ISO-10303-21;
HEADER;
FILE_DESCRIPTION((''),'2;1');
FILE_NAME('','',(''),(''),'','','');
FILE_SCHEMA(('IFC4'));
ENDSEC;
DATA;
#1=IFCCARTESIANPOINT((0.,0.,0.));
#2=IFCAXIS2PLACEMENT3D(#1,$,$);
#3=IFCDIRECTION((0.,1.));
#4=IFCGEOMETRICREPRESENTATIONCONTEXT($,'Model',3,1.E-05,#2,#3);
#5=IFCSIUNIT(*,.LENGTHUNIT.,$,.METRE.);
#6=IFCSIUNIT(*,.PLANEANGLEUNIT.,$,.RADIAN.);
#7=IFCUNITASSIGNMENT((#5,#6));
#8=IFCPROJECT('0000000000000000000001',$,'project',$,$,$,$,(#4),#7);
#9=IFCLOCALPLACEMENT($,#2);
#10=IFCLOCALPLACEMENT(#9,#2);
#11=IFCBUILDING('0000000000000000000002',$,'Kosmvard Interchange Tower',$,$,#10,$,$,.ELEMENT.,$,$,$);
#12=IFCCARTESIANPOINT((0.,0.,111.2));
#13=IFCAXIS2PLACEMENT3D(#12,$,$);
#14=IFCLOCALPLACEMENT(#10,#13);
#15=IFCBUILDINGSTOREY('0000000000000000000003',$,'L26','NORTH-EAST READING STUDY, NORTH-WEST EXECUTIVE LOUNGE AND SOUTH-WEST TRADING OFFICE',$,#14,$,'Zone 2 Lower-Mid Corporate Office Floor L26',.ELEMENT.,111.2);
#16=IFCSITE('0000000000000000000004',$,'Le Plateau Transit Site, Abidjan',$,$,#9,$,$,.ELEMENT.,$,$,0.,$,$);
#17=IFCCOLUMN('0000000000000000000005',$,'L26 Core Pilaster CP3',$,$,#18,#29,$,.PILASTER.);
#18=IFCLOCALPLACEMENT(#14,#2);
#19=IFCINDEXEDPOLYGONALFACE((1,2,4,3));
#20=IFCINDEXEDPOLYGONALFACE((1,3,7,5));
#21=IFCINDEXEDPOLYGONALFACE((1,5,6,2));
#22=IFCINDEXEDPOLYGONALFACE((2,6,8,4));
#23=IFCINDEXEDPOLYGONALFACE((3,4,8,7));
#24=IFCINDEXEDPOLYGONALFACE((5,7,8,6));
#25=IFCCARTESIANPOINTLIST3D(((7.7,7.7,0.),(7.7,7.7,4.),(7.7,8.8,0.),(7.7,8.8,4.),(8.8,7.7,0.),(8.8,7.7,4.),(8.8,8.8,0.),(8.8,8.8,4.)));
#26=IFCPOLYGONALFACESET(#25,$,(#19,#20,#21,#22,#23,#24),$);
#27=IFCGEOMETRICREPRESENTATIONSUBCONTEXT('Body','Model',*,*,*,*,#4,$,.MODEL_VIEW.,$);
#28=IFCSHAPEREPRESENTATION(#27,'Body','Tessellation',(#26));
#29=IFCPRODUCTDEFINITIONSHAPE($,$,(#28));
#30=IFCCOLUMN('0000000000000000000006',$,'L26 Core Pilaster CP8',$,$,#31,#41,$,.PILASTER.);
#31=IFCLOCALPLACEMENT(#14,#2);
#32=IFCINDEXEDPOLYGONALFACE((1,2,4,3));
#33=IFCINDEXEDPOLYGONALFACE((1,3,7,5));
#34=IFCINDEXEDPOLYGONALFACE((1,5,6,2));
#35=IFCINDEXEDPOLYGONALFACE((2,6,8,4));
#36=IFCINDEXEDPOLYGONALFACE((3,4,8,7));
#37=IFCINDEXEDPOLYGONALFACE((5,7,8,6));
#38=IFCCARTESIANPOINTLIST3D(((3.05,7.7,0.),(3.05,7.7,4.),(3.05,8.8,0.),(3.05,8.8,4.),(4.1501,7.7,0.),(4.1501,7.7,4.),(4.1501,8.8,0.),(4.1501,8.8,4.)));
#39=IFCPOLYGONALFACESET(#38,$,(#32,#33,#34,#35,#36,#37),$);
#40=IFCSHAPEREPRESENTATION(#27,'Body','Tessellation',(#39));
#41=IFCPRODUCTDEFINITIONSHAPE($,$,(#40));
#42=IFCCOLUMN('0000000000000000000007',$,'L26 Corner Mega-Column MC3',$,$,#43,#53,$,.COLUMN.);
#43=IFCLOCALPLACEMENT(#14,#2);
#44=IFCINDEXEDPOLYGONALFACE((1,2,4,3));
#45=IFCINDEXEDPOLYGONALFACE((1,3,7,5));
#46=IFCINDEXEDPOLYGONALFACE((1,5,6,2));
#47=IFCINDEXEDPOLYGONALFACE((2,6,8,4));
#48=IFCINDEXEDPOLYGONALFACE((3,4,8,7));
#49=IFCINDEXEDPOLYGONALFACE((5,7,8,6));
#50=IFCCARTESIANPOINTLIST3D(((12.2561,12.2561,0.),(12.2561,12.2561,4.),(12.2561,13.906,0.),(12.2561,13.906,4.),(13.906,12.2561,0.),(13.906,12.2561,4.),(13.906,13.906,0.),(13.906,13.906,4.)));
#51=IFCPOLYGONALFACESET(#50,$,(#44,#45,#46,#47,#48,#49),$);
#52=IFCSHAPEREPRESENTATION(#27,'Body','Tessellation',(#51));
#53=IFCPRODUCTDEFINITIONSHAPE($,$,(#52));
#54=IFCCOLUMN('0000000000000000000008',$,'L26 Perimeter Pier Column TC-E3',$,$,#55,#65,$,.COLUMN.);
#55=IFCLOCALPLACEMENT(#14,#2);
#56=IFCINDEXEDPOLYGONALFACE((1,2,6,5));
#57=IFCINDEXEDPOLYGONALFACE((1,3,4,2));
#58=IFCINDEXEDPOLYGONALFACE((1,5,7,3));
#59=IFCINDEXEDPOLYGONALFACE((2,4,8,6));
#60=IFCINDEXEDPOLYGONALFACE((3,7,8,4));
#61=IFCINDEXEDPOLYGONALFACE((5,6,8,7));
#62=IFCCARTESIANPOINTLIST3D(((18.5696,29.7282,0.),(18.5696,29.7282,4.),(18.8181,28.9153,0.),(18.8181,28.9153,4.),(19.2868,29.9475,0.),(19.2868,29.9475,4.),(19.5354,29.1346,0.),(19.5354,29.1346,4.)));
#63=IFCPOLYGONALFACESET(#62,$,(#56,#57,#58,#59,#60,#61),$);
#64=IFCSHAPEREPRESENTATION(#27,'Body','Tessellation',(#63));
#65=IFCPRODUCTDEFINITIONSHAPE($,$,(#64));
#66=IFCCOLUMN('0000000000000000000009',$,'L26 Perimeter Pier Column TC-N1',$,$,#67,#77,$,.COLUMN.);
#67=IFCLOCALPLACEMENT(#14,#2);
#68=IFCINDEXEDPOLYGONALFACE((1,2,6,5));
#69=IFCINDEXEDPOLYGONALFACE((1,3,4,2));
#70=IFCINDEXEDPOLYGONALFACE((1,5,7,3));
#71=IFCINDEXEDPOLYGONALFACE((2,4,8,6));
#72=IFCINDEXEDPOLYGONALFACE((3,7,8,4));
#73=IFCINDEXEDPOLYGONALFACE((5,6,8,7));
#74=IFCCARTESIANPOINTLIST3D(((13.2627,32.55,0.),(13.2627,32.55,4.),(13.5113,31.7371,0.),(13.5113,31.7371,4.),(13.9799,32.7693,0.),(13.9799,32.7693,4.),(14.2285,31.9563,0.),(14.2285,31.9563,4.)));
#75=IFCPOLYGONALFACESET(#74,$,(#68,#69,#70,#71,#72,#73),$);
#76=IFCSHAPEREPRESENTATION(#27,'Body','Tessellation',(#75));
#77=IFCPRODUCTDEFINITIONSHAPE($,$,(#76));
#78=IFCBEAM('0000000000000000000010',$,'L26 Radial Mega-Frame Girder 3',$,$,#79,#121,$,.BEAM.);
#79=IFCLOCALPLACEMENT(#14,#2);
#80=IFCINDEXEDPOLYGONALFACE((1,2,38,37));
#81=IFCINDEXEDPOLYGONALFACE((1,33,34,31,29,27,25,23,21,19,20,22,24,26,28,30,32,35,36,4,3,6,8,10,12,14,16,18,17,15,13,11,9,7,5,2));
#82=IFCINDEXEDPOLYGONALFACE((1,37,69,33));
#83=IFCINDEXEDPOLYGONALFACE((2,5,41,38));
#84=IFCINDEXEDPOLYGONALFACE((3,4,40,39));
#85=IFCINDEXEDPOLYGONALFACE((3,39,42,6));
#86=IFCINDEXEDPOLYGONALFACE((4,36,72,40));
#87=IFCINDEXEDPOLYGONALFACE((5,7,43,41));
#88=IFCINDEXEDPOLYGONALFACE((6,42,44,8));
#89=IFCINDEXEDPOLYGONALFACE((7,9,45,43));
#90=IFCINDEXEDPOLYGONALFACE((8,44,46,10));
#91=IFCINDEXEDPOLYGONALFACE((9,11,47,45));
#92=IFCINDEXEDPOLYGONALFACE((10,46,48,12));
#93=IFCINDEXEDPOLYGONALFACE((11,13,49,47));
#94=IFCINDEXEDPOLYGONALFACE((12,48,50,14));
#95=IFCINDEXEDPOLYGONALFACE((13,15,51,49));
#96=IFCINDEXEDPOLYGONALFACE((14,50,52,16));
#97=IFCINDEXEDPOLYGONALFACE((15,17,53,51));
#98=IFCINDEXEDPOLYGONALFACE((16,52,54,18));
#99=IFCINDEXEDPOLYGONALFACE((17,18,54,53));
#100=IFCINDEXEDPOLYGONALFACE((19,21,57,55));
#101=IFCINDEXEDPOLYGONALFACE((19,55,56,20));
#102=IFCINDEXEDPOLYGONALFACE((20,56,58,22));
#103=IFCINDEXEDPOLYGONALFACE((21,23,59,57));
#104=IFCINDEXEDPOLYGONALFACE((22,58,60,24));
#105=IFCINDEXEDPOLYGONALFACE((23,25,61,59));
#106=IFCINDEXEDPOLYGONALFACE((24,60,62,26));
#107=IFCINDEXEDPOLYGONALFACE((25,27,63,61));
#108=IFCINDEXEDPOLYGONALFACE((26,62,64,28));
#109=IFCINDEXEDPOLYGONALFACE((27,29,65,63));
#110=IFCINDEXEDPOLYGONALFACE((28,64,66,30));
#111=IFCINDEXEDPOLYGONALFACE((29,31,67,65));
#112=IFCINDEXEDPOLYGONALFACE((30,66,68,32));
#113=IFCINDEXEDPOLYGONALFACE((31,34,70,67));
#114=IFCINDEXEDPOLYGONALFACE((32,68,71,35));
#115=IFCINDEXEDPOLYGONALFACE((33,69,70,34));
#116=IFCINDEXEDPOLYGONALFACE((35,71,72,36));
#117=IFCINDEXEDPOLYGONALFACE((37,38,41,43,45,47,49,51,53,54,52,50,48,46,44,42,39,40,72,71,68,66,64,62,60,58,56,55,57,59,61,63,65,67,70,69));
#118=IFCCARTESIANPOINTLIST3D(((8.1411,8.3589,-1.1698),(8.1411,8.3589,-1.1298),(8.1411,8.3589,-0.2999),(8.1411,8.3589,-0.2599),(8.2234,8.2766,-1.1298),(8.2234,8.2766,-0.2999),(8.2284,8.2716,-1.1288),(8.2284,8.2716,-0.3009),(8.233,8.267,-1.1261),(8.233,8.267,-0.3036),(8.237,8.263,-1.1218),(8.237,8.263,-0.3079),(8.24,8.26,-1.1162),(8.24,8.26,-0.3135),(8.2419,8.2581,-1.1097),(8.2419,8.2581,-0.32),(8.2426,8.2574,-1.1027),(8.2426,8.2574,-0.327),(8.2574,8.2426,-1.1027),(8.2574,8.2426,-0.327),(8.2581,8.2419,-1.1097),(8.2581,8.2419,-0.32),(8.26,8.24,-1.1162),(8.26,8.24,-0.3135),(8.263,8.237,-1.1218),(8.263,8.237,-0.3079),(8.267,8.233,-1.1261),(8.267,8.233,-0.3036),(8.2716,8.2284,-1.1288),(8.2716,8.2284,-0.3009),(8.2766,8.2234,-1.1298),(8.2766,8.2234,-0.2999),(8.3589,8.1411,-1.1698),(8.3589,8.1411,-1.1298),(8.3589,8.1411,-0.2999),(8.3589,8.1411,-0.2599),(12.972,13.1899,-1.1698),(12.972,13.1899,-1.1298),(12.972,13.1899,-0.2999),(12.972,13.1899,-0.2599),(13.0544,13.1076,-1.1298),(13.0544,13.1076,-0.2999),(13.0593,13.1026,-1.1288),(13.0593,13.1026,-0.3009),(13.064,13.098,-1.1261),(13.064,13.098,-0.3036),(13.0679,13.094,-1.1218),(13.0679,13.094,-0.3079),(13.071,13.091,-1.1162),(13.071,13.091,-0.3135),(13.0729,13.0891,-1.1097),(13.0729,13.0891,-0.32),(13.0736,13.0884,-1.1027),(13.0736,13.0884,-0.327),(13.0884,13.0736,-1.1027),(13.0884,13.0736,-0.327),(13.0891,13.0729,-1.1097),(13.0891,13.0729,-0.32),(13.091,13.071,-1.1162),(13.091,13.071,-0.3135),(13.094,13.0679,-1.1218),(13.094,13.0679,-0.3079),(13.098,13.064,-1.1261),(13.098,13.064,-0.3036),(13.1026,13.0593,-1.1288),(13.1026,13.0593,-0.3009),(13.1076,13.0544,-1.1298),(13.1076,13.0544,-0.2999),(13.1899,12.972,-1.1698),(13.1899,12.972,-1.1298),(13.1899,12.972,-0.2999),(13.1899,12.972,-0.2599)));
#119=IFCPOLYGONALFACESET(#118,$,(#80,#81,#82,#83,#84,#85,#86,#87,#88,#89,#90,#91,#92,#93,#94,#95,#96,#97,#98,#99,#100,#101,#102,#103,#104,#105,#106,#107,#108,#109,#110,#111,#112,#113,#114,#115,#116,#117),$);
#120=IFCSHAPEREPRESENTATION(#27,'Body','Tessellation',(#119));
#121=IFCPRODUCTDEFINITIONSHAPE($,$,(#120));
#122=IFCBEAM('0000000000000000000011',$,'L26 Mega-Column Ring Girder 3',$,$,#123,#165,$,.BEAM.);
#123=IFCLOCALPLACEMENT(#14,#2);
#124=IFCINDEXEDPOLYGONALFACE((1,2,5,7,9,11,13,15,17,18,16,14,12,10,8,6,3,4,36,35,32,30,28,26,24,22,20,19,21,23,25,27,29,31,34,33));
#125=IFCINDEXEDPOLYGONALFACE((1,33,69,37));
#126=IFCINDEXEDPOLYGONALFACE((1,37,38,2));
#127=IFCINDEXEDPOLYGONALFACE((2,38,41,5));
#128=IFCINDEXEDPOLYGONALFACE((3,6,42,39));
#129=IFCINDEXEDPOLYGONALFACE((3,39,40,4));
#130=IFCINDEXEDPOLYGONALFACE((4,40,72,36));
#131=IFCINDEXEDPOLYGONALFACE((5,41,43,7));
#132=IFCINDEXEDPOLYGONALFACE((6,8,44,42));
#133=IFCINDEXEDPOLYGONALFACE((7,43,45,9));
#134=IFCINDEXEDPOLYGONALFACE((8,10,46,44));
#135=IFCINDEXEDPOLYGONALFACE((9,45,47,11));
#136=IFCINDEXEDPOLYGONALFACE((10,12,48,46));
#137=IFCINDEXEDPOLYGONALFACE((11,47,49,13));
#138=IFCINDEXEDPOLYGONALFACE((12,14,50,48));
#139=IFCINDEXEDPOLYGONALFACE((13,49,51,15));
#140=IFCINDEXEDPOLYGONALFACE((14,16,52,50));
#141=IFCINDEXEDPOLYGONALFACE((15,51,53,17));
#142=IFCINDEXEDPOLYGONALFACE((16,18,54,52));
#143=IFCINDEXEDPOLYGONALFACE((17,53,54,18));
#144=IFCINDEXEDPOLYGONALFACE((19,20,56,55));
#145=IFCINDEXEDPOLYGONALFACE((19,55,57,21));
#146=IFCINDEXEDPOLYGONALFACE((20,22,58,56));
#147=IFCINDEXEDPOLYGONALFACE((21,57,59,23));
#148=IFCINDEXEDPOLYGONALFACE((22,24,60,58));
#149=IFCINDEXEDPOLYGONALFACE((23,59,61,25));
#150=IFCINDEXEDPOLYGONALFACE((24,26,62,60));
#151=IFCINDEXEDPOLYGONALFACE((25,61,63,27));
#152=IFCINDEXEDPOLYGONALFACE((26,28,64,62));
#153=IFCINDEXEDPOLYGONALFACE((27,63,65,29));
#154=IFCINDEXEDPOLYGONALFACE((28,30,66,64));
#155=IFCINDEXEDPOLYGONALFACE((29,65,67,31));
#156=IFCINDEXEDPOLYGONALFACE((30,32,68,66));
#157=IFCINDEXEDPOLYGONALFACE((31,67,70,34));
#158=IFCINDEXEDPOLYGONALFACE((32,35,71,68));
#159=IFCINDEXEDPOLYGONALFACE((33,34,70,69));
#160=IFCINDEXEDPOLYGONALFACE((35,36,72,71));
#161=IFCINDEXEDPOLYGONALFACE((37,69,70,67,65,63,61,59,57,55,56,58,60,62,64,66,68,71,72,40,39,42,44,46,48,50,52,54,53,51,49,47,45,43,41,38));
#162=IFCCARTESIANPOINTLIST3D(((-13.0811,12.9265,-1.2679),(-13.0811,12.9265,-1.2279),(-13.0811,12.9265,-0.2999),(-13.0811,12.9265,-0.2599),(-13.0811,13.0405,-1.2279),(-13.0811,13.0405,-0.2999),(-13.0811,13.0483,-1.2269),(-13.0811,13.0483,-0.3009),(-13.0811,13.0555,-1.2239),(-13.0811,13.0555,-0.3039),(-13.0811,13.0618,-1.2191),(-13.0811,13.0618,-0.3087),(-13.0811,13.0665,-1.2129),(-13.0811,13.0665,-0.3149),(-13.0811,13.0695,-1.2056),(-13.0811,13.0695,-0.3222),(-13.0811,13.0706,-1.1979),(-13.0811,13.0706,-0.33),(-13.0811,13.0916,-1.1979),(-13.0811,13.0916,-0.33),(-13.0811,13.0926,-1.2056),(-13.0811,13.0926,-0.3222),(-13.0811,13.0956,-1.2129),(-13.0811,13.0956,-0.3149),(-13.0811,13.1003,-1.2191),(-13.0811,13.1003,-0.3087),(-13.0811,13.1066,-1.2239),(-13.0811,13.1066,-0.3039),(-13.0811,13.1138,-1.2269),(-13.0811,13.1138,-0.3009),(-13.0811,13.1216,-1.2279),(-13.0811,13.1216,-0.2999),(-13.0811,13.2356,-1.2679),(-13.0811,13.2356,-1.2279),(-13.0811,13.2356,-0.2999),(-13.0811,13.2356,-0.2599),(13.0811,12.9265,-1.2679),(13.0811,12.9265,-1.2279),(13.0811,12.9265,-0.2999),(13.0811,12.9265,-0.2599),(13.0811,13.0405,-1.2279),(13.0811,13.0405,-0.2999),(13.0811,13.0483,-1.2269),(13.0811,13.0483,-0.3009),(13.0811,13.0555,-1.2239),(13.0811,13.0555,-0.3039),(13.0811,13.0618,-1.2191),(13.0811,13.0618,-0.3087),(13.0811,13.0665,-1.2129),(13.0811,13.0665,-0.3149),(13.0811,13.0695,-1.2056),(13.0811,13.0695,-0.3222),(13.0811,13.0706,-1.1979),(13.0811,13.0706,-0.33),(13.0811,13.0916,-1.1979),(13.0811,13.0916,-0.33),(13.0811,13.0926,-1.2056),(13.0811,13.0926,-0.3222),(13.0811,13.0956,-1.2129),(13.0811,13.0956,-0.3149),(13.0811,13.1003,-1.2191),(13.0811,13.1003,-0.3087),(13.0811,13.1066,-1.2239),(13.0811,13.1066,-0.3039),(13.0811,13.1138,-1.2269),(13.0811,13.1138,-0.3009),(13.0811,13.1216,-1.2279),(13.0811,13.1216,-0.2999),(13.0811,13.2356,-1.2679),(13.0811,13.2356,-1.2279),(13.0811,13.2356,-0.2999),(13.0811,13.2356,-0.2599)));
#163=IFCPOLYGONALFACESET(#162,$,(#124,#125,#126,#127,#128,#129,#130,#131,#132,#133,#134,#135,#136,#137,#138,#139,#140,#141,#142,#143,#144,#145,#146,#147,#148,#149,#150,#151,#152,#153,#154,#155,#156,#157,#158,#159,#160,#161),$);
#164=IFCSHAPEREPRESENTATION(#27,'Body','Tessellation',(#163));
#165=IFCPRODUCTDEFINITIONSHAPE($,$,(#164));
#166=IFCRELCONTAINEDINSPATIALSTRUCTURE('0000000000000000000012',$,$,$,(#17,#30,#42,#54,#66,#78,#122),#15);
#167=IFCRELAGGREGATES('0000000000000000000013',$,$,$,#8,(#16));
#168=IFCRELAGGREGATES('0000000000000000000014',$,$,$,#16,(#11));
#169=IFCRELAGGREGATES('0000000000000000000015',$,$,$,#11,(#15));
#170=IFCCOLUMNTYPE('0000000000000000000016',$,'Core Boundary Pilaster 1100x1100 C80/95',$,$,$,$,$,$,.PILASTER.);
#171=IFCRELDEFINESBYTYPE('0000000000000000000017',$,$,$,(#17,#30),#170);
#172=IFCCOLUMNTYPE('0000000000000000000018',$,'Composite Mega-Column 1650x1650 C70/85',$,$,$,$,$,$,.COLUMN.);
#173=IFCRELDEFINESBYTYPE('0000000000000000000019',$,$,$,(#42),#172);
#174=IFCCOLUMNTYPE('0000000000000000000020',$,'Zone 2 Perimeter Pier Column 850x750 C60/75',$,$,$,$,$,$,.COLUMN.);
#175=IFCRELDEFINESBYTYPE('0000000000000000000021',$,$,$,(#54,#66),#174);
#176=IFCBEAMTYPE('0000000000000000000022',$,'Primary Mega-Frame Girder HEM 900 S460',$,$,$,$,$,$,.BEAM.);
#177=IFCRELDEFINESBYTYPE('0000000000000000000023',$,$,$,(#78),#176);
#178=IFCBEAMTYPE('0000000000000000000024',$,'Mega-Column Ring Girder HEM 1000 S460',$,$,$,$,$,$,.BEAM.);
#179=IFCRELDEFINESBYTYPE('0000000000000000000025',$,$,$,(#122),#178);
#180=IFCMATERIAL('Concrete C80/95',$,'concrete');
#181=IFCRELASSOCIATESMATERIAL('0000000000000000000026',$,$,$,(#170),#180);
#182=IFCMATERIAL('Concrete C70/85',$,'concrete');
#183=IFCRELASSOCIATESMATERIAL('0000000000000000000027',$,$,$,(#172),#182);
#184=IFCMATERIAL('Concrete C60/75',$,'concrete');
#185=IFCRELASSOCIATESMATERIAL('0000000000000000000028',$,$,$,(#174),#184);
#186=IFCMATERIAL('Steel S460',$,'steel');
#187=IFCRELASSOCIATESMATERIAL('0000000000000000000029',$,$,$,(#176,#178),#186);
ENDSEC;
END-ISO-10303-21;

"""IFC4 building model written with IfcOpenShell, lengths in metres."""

from ifc_helpers import new_model, si_unit, direction, frame, origin, origin_2d, place, context, subcontext, project, spatial, rectangle, i_section, extrude, source, transform, mapped, material, material_profile, profile_set, type_object, element, save


model = new_model("IFC4")

# Units and contexts
model_context = context("Model", 3, precision=1e-05, world=origin(), true_north=direction((0.0, 1.0)))
body_context = subcontext(model_context, "Body", "Model", "MODEL_VIEW")
ifc_project = project(units=[si_unit("LENGTHUNIT", "METRE"), si_unit("PLANEANGLEUNIT", "RADIAN")], contexts=[model_context])

# Site, building, storey
site_placement = place(None, origin())
site = spatial("IfcSite", under=ifc_project, at=site_placement, Name="Le Plateau Transit Site, Abidjan", CompositionType="ELEMENT", RefElevation=0.0)
building_placement = place(site_placement, origin())
building = spatial("IfcBuilding", under=site, at=building_placement, Name="Kosmvard Interchange Tower", CompositionType="ELEMENT")
storey_placement = place(building_placement, frame((0.0, 0.0, 111.2)))
storey = spatial("IfcBuildingStorey", under=building, at=storey_placement, Name="L26", Description="NORTH-EAST READING STUDY, NORTH-WEST EXECUTIVE LOUNGE AND SOUTH-WEST TRADING OFFICE", LongName="Zone 2 Lower-Mid Corporate Office Floor L26", CompositionType="ELEMENT", Elevation=111.2)

# Columns
ifc_material_1 = material(Name="Concrete C80/95", Category="concrete")
ifc_material_profile_1 = material_profile(ifc_material_1, rectangle(XDim=1.1001, YDim=1.1001, at=origin_2d()), Name="CP 1100x1100")
ifc_profile_set_1 = profile_set([ifc_material_profile_1], Name="Concrete C80/95")
column_type_1 = type_object("IfcColumnType", Name="Core Boundary Pilaster 1100x1100 C80/95", PredefinedType="PILASTER", material=ifc_profile_set_1)
shared_shape_1 = source(origin(), body_context, "Body", "SweptSolid", [
    extrude(rectangle(XDim=1.1001, YDim=1.1001, at=origin_2d()), origin(), (0.0, 0.0, 1.0), 4.0),
])
for number, where, z_axis, x_axis, name in (
    (1, (8.25, 8.25, 0.0), (0.0, 0.0, 1.0), (1.0, 0.0, 0.0), "L26 Core Pilaster CP3"),
    (2, (3.6001, 8.25, 0.0), (0.0, 0.0, 1.0), (1.0, 0.0, 0.0), "L26 Core Pilaster CP8"),
):
    element("IfcColumn", number, at=place(storey_placement, frame(where, z_axis=z_axis, x_axis=x_axis)), inside=storey, type_object=column_type_1, Name=name, PredefinedType="PILASTER", context=body_context, shape_type="MappedRepresentation", body=[
        mapped(shared_shape_1, transform((0.0, 0.0, 0.0), scale=1.0)),
    ])
ifc_material_2 = material(Name="Concrete C70/85", Category="concrete")
ifc_material_profile_2 = material_profile(ifc_material_2, rectangle(XDim=1.6499, YDim=1.6499, at=origin_2d()), Name="MC 1650x1650")
ifc_profile_set_2 = profile_set([ifc_material_profile_2], Name="Concrete C70/85")
column_type_2 = type_object("IfcColumnType", Name="Composite Mega-Column 1650x1650 C70/85", PredefinedType="COLUMN", material=ifc_profile_set_2)
shared_shape_2 = source(origin(), body_context, "Body", "SweptSolid", [
    extrude(rectangle(XDim=1.6499, YDim=1.6499, at=origin_2d()), origin(), (0.0, 0.0, 1.0), 4.0),
])
column_placement = place(storey_placement, frame((13.0811, 13.0811, 0.0), z_axis=(0.0, 0.0, 1.0), x_axis=(1.0, 0.0, 0.0)))
element("IfcColumn", 3, at=column_placement, inside=storey, type_object=column_type_2, Name="L26 Corner Mega-Column MC3", PredefinedType="COLUMN", context=body_context, shape_type="MappedRepresentation", body=[
    mapped(shared_shape_2, transform((0.0, 0.0, 0.0), scale=1.0)),
])
ifc_material_3 = material(Name="Concrete C60/75", Category="concrete")
ifc_material_profile_3 = material_profile(ifc_material_3, rectangle(XDim=0.75, YDim=0.8501, at=origin_2d()), Name="TC 850x750")
ifc_profile_set_3 = profile_set([ifc_material_profile_3], Name="Concrete C60/75")
column_type_3 = type_object("IfcColumnType", Name="Zone 2 Perimeter Pier Column 850x750 C60/75", PredefinedType="COLUMN", material=ifc_profile_set_3)
shared_shape_3 = source(origin(), body_context, "Body", "SweptSolid", [
    extrude(rectangle(XDim=0.75, YDim=0.8501, at=origin_2d()), origin(), (0.0, 0.0, 1.0), 4.0),
])
for number, where, z_axis, x_axis, name in (
    (4, (19.0525, 29.4314, 0.0), (0.0, 0.0, 1.0), (0.956305, 0.292372, 0.0), "L26 Perimeter Pier Column TC-E3"),
    (5, (13.7456, 32.2532, 0.0), (0.0, 0.0, 1.0), (0.956305, 0.292372, 0.0), "L26 Perimeter Pier Column TC-N1"),
):
    element("IfcColumn", number, at=place(storey_placement, frame(where, z_axis=z_axis, x_axis=x_axis)), inside=storey, type_object=column_type_3, Name=name, PredefinedType="COLUMN", context=body_context, shape_type="MappedRepresentation", body=[
        mapped(shared_shape_3, transform((0.0, 0.0, 0.0), scale=1.0)),
    ])

# Beams
ifc_material_4 = material(Name="Steel S460", Category="steel")
ifc_material_profile_4 = material_profile(ifc_material_4, i_section(OverallWidth=0.3081, OverallDepth=0.9099, WebThickness=0.021, FlangeThickness=0.04, FilletRadius=0.0271, at=origin_2d()), Name="HEM 900")
ifc_profile_set_4 = profile_set([ifc_material_profile_4], Name="Steel S460")
beam_type_1 = type_object("IfcBeamType", Name="Primary Mega-Frame Girder HEM 900 S460", PredefinedType="BEAM", material=ifc_profile_set_4)
shared_shape_4 = source(origin(), body_context, "Body", "SweptSolid", [
    extrude(i_section(OverallWidth=0.3081, OverallDepth=0.9099, WebThickness=0.021, FlangeThickness=0.04, FilletRadius=0.0271, at=origin_2d()), origin(), (0.0, 0.0, 1.0), 6.832),
])
beam_1_placement = place(storey_placement, frame((8.25, 8.25, -0.7148), z_axis=(0.707107, 0.707107, 0.0), x_axis=(-0.707107, 0.707107, 0.0)))
element("IfcBeam", 6, at=beam_1_placement, inside=storey, type_object=beam_type_1, Name="L26 Radial Mega-Frame Girder 3", PredefinedType="BEAM", context=body_context, shape_type="MappedRepresentation", body=[
    mapped(shared_shape_4, transform((0.0, 0.0, 0.0), scale=1.0)),
])
ifc_material_profile_5 = material_profile(ifc_material_4, i_section(OverallWidth=0.3091, OverallDepth=1.0081, WebThickness=0.021, FlangeThickness=0.04, FilletRadius=0.03, at=origin_2d()), Name="HEM 1000")
ifc_profile_set_5 = profile_set([ifc_material_profile_5], Name="Steel S460")
beam_type_2 = type_object("IfcBeamType", Name="Mega-Column Ring Girder HEM 1000 S460", PredefinedType="BEAM", material=ifc_profile_set_5)
shared_shape_5 = source(origin(), body_context, "Body", "SweptSolid", [
    extrude(i_section(OverallWidth=0.3091, OverallDepth=1.0081, WebThickness=0.021, FlangeThickness=0.04, FilletRadius=0.03, at=origin_2d()), origin(), (0.0, 0.0, 1.0), 26.1621),
])
beam_2_placement = place(storey_placement, frame((13.0811, 13.0811, -0.7639), z_axis=(-1.0, 0.0, 0.0), x_axis=(0.0, -1.0, 0.0)))
element("IfcBeam", 7, at=beam_2_placement, inside=storey, type_object=beam_type_2, Name="L26 Mega-Column Ring Girder 3", PredefinedType="BEAM", context=body_context, shape_type="MappedRepresentation", body=[
    mapped(shared_shape_5, transform((0.0, 0.0, 0.0), scale=1.0)),
])

save(model, "model.ifc")
